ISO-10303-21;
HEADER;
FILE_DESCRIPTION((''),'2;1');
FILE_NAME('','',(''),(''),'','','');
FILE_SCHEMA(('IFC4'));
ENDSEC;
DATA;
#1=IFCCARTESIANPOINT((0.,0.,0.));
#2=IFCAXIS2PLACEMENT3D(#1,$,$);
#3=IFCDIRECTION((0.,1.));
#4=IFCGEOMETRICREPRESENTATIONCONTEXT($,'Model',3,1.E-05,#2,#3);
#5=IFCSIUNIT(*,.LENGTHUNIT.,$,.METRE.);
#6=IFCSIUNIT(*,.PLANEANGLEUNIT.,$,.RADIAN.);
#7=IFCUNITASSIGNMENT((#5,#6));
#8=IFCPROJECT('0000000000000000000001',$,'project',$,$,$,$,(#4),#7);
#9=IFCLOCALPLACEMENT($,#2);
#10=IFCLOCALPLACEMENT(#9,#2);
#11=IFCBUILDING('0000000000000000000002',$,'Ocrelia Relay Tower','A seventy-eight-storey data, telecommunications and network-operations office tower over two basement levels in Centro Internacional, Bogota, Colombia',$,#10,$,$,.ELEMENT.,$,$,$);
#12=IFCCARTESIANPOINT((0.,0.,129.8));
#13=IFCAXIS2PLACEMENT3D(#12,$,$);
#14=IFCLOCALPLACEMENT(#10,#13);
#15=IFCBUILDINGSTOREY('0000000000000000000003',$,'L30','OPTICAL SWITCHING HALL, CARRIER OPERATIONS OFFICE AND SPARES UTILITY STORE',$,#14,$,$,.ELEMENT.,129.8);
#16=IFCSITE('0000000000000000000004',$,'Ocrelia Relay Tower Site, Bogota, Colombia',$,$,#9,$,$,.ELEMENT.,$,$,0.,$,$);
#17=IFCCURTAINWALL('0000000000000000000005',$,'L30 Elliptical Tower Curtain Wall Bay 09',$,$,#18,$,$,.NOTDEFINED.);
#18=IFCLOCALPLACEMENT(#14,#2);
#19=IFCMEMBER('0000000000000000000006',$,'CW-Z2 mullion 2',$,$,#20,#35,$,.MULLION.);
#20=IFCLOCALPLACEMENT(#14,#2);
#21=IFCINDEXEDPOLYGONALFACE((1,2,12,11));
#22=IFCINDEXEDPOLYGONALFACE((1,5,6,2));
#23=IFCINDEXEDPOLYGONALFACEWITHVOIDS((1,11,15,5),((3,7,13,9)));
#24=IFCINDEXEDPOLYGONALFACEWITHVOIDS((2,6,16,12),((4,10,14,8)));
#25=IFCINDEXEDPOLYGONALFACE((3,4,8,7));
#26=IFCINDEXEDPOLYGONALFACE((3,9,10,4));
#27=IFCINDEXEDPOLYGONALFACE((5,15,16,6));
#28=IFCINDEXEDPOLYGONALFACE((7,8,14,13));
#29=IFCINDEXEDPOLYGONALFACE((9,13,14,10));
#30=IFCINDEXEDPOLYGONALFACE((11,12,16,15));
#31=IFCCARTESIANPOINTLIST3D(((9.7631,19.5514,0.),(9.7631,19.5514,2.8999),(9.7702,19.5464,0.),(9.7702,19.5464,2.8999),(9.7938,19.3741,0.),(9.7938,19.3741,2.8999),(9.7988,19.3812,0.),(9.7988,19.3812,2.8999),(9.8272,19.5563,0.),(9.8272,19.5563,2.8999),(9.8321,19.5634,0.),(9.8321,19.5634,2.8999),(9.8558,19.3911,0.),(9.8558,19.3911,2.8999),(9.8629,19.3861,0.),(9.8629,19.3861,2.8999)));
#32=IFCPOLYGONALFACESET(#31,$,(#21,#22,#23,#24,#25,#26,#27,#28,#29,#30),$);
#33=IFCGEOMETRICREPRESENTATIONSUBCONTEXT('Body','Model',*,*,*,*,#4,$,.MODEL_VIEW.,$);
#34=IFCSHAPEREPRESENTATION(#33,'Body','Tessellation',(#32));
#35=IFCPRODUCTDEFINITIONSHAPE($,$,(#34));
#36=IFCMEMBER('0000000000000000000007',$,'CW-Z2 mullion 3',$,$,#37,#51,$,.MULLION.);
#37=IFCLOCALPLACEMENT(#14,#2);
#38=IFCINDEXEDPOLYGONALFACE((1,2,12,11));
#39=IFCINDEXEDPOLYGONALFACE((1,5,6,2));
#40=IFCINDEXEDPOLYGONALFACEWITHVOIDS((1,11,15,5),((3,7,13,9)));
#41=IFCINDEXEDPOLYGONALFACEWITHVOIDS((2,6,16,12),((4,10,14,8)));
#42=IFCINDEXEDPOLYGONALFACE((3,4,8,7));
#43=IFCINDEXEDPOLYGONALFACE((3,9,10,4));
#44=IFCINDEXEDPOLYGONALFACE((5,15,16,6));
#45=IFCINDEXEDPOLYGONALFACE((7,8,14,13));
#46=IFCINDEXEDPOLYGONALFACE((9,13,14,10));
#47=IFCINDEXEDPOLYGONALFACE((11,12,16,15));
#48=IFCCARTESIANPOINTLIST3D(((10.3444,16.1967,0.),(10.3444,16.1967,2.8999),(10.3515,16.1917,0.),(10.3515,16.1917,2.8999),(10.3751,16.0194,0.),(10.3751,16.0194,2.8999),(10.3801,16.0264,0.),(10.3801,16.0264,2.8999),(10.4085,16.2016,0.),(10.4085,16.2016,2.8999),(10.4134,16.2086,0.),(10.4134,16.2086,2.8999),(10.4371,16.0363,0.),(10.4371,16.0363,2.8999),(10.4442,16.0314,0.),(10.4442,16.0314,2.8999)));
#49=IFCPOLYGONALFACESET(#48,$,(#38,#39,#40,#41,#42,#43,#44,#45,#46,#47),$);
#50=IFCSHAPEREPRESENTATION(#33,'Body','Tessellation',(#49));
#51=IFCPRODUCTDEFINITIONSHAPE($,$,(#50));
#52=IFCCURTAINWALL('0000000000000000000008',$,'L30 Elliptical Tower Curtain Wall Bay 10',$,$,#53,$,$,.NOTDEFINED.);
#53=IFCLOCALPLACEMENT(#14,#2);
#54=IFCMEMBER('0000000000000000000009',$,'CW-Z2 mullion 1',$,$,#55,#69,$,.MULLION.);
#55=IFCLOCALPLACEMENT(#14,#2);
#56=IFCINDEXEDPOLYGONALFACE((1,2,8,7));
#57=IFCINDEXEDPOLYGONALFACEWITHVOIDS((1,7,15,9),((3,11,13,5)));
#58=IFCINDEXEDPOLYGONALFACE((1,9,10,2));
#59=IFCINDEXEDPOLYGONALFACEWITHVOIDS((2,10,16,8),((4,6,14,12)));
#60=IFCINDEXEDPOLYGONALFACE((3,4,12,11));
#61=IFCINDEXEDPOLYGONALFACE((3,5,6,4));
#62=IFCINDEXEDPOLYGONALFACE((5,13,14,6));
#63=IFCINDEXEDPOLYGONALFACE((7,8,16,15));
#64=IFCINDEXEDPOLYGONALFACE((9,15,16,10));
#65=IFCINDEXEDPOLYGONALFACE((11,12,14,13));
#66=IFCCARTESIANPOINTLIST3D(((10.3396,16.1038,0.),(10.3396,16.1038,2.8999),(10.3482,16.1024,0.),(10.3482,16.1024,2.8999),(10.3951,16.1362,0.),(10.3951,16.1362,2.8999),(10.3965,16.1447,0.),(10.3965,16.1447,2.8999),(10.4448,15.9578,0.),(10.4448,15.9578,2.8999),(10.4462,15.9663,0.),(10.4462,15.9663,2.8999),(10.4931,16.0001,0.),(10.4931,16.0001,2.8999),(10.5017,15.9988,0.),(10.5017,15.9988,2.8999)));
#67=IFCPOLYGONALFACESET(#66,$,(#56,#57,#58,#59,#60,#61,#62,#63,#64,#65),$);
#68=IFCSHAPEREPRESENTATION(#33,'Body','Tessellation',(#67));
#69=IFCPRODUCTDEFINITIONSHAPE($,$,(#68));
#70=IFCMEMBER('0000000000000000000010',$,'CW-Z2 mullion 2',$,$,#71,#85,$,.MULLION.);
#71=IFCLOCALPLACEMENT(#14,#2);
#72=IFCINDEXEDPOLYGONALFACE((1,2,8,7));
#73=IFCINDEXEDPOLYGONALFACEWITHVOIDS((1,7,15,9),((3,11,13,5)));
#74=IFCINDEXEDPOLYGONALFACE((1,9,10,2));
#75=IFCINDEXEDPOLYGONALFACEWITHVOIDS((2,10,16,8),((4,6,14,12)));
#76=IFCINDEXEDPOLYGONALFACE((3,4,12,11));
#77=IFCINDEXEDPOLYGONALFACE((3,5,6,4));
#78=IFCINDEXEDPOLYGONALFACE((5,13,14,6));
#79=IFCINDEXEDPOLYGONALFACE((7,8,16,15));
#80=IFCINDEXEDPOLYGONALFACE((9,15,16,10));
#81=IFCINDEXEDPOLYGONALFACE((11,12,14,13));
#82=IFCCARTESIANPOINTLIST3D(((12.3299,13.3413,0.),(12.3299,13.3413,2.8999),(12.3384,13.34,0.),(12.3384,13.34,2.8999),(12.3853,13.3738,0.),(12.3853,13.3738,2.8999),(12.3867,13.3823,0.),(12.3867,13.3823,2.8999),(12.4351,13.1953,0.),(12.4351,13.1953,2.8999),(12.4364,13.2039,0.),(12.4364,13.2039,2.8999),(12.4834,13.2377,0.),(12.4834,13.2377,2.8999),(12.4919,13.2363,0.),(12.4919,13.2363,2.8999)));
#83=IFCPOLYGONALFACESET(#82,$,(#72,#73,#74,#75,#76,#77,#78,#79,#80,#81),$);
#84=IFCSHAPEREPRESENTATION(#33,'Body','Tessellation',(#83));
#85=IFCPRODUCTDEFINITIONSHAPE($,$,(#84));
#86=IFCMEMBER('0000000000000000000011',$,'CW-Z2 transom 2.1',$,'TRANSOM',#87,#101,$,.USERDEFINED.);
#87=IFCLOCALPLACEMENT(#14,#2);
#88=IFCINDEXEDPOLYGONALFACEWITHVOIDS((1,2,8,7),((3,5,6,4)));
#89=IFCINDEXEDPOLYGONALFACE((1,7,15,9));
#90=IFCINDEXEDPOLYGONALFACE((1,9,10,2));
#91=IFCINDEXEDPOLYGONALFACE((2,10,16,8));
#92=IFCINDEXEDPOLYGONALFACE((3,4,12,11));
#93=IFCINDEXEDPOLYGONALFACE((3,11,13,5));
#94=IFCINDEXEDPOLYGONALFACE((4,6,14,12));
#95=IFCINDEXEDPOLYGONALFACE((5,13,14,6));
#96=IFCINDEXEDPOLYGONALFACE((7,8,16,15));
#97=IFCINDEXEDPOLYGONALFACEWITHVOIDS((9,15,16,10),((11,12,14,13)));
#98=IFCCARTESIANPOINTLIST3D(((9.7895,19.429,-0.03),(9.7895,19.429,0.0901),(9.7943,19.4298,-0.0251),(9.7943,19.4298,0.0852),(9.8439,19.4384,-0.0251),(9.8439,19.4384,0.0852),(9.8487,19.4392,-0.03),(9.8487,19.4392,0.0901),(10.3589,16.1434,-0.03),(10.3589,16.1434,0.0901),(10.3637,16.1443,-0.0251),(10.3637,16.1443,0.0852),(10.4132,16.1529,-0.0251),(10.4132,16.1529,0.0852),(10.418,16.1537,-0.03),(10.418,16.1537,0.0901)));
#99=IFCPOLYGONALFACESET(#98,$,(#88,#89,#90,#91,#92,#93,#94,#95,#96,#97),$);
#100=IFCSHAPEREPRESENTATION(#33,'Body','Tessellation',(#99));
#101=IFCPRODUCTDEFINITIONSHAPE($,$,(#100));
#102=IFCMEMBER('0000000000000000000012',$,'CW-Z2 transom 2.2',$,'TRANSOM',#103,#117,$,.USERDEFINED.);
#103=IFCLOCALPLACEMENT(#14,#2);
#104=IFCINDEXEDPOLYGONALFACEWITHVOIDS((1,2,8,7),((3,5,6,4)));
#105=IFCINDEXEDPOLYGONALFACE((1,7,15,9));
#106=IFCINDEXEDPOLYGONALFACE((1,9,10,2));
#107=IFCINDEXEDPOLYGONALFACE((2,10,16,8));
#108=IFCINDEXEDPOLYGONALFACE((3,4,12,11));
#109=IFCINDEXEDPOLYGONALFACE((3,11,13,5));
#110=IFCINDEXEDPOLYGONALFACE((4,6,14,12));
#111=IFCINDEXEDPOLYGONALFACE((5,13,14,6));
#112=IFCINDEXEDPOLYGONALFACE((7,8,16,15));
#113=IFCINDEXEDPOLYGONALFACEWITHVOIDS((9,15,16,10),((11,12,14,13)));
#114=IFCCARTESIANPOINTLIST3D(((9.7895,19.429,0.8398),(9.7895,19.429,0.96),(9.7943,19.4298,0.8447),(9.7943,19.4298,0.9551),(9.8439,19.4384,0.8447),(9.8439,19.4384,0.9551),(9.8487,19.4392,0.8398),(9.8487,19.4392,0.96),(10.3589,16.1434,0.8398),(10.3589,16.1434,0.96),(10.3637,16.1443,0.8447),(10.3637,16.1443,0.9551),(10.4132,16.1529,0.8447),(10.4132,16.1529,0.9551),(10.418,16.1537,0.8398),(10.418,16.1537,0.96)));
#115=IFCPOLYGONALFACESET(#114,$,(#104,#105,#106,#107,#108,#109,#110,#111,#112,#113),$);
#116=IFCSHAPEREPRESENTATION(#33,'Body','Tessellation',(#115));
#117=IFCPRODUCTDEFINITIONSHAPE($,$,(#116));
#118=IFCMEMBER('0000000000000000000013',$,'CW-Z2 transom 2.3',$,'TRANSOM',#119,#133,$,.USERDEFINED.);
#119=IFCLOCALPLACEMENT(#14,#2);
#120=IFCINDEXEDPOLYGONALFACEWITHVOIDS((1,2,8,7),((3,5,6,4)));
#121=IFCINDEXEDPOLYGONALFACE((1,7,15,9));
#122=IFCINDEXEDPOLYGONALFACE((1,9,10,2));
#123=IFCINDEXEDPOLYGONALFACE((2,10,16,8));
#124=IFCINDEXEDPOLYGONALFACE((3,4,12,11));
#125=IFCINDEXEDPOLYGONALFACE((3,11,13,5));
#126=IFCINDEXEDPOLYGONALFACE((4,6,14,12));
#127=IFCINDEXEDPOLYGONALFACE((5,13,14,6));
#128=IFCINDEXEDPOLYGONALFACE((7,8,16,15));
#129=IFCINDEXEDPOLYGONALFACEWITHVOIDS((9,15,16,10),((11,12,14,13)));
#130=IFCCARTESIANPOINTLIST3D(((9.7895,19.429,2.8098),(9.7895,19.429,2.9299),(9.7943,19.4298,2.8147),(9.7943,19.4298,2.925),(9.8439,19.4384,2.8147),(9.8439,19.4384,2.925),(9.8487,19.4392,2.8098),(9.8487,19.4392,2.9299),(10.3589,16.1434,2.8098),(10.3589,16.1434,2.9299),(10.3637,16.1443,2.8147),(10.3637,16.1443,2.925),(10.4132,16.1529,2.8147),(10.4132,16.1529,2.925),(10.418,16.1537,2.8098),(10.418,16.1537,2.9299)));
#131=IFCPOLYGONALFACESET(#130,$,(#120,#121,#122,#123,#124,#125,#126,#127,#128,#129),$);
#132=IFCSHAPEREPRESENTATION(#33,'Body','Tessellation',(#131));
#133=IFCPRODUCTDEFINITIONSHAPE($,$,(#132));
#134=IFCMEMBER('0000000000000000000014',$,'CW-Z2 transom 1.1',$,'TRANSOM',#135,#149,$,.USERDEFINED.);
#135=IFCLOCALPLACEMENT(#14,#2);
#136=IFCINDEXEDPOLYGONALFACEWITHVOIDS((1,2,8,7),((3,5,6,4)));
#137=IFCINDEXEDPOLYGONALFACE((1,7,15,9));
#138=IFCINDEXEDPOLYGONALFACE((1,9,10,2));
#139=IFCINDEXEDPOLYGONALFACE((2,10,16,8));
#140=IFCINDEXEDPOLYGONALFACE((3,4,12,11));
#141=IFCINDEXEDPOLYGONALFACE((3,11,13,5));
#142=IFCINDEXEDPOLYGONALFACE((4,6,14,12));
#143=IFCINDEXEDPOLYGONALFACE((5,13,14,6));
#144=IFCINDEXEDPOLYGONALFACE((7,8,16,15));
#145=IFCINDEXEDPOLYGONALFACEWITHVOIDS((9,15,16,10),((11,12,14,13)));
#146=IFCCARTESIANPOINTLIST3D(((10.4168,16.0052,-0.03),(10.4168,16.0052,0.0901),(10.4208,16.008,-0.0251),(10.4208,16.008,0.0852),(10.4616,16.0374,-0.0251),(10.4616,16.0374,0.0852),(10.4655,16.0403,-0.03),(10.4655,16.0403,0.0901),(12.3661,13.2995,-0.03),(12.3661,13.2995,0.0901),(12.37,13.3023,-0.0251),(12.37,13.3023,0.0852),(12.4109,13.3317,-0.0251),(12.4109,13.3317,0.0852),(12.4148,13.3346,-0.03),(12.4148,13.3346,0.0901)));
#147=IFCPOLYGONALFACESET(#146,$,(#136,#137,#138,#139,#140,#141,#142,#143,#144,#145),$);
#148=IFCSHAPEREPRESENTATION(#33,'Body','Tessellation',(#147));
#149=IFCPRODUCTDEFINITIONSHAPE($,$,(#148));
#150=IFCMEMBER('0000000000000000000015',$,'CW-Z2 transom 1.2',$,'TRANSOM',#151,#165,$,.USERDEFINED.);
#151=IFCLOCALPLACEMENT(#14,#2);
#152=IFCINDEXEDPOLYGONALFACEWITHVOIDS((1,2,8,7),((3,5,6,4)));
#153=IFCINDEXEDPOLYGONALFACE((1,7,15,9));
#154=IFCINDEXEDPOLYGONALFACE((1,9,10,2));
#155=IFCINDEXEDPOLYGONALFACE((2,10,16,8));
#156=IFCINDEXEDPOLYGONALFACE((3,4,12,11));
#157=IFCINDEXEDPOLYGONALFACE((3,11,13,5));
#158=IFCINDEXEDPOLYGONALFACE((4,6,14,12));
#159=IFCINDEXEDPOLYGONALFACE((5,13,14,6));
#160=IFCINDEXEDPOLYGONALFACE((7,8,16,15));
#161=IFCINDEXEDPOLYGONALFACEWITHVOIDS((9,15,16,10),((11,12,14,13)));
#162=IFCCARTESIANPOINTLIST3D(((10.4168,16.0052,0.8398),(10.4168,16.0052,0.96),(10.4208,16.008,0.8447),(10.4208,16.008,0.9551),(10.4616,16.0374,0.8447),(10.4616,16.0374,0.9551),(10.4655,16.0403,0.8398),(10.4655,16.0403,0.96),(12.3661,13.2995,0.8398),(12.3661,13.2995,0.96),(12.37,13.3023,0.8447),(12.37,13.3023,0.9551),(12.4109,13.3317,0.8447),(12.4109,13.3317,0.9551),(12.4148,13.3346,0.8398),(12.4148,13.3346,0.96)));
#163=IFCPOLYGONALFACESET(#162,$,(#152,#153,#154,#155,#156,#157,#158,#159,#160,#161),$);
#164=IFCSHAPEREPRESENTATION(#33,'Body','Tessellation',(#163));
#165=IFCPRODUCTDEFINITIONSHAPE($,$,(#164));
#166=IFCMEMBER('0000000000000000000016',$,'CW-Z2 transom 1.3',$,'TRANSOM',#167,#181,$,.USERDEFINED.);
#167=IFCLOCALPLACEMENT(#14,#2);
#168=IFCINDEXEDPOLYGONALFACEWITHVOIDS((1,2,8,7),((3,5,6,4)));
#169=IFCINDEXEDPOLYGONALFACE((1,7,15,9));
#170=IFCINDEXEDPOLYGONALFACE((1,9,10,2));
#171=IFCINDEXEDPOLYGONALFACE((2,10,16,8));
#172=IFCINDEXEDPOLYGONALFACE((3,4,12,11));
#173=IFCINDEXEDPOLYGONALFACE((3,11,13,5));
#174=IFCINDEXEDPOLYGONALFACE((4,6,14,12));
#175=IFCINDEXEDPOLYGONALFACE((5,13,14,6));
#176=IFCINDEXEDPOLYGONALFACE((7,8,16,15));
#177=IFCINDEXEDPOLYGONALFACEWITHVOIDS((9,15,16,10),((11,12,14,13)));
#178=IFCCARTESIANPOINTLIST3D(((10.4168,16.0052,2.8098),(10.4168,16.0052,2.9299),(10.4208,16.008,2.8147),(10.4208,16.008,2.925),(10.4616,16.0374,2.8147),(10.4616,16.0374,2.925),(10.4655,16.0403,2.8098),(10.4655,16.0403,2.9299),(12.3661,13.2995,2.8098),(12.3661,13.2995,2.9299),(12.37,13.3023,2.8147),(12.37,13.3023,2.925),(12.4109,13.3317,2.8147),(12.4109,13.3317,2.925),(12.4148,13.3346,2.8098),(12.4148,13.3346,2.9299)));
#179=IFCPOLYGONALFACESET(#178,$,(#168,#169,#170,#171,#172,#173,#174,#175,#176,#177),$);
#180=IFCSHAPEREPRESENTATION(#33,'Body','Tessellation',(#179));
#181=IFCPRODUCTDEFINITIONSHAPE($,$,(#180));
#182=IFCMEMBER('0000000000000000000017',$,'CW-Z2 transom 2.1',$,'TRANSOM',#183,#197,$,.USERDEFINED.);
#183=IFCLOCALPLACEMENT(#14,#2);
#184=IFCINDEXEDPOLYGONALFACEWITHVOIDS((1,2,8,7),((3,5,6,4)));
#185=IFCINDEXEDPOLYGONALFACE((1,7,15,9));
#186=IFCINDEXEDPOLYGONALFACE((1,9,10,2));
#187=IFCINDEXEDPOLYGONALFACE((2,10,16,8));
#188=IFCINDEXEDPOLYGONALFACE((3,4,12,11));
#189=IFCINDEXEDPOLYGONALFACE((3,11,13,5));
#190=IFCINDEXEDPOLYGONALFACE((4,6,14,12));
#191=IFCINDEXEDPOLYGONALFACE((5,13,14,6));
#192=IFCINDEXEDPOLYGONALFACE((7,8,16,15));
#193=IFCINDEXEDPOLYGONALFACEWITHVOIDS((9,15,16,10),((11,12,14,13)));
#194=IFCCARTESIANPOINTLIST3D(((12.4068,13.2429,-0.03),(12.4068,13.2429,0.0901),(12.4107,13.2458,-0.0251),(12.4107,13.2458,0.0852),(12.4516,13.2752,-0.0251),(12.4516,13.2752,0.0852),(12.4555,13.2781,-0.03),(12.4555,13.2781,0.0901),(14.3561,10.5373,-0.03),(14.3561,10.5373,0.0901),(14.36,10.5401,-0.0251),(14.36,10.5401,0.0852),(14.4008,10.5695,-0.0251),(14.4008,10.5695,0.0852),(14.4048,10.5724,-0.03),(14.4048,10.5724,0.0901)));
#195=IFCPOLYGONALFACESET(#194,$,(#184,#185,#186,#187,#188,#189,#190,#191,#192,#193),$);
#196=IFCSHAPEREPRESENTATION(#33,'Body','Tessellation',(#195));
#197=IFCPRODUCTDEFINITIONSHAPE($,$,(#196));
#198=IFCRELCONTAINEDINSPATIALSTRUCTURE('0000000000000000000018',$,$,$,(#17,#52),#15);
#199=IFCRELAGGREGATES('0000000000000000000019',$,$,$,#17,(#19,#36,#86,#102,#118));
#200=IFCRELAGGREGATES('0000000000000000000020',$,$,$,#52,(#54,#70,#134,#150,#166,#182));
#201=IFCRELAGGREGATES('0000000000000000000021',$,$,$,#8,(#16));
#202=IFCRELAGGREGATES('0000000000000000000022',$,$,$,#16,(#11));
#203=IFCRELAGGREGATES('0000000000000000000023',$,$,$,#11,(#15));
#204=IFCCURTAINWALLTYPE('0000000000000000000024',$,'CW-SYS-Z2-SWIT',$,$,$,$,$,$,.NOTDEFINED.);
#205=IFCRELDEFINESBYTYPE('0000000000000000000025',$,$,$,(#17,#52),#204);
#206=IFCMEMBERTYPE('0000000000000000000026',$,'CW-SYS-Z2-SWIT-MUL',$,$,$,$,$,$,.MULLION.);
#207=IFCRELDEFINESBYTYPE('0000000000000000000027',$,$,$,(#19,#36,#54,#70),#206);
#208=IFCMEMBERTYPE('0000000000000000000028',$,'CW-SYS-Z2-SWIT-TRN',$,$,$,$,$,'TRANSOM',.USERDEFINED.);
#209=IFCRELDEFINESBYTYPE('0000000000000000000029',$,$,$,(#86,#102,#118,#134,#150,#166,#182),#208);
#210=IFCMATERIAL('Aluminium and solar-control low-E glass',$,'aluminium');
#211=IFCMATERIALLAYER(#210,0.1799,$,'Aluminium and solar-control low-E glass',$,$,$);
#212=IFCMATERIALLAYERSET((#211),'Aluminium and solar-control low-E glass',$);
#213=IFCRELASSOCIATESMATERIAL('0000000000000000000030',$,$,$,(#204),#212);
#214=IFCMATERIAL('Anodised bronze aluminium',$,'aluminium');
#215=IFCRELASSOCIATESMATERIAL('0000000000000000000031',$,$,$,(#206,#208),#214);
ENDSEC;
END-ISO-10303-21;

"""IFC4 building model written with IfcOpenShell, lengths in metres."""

from ifc_helpers import new_model, si_unit, direction, frame, origin, origin_2d, place, context, subcontext, project, spatial, hollow_rectangle, extrude, material, layer, layer_set, material_profile, profile_set, type_object, element, aggregate, save


model = new_model("IFC4")

# Units and contexts
model_context = context("Model", 3, precision=1e-05, world=origin(), true_north=direction((0.0, 1.0)))
body_context = subcontext(model_context, "Body", "Model", "MODEL_VIEW")
ifc_project = project(units=[si_unit("LENGTHUNIT", "METRE"), si_unit("PLANEANGLEUNIT", "RADIAN")], contexts=[model_context])

# Site, building, storey
site_placement = place(None, origin())
site = spatial("IfcSite", under=ifc_project, at=site_placement, Name="Ocrelia Relay Tower Site, Bogota, Colombia", CompositionType="ELEMENT", RefElevation=0.0)
building_placement = place(site_placement, origin())
building = spatial("IfcBuilding", under=site, at=building_placement, Name="Ocrelia Relay Tower", Description="A seventy-eight-storey data, telecommunications and network-operations office tower over two basement levels in Centro Internacional, Bogota, Colombia", CompositionType="ELEMENT")
storey_placement = place(building_placement, frame((0.0, 0.0, 129.8)))
storey = spatial("IfcBuildingStorey", under=building, at=storey_placement, Name="L30", Description="OPTICAL SWITCHING HALL, CARRIER OPERATIONS OFFICE AND SPARES UTILITY STORE", CompositionType="ELEMENT", Elevation=129.8)

# Curtain walls, members
ifc_material_1 = material(Name="Aluminium and solar-control low-E glass", Category="aluminium")
ifc_layer_1 = layer(ifc_material_1, 0.1799, Name="Aluminium and solar-control low-E glass")
ifc_layer_set_1 = layer_set([ifc_layer_1], Name="Aluminium and solar-control low-E glass")
curtain_wall_type = type_object("IfcCurtainWallType", Name="CW-SYS-Z2-SWIT", PredefinedType="NOTDEFINED", material=ifc_layer_set_1)
curtain_wall_1_placement = place(storey_placement, origin())
curtain_wall_1 = element("IfcCurtainWall", 1, at=curtain_wall_1_placement, inside=storey, type_object=curtain_wall_type, Name="L30 Elliptical Tower Curtain Wall Bay 09", PredefinedType="NOTDEFINED")
ifc_material_2 = material(Name="Anodised bronze aluminium", Category="aluminium")
ifc_material_profile_1 = material_profile(ifc_material_2, hollow_rectangle(XDim=0.0701, YDim=0.1799, WallThickness=0.0061, at=origin_2d()), Name="CW-MUL-180x70")
ifc_profile_set_1 = profile_set([ifc_material_profile_1], Name="Anodised bronze aluminium")
member_type_1 = type_object("IfcMemberType", Name="CW-SYS-Z2-SWIT-MUL", PredefinedType="MULLION", material=ifc_profile_set_1)
member_1_placement = place(storey_placement, frame((9.813, 19.4688, 0.0), z_axis=(0.0, 0.0, 1.0), x_axis=(0.985317, 0.170734, 0.0)))
member_1 = element("IfcMember", 2, at=member_1_placement, type_object=member_type_1, Name="CW-Z2 mullion 2", PredefinedType="MULLION", context=body_context, shape_type="SweptSolid", body=[
    extrude(hollow_rectangle(XDim=0.0701, YDim=0.1799, WallThickness=0.0061, at=origin_2d()), origin(), (0.0, 0.0, 1.0), 2.8999),
])
member_2_placement = place(storey_placement, frame((10.3943, 16.114, 0.0), z_axis=(0.0, 0.0, 1.0), x_axis=(0.985317, 0.170734, 0.0)))
member_2 = element("IfcMember", 3, at=member_2_placement, type_object=member_type_1, Name="CW-Z2 mullion 3", PredefinedType="MULLION", context=body_context, shape_type="SweptSolid", body=[
    extrude(hollow_rectangle(XDim=0.0701, YDim=0.1799, WallThickness=0.0061, at=origin_2d()), origin(), (0.0, 0.0, 1.0), 2.8999),
])
curtain_wall_2_placement = place(storey_placement, origin())
curtain_wall_2 = element("IfcCurtainWall", 4, at=curtain_wall_2_placement, inside=storey, type_object=curtain_wall_type, Name="L30 Elliptical Tower Curtain Wall Bay 10", PredefinedType="NOTDEFINED")
member_3_placement = place(storey_placement, frame((10.4207, 16.0513, 0.0), z_axis=(0.0, 0.0, 1.0), x_axis=(0.811374, 0.584527, 0.0)))
member_3 = element("IfcMember", 5, at=member_3_placement, type_object=member_type_1, Name="CW-Z2 mullion 1", PredefinedType="MULLION", context=body_context, shape_type="SweptSolid", body=[
    extrude(hollow_rectangle(XDim=0.0701, YDim=0.1799, WallThickness=0.0061, at=origin_2d()), origin(), (0.0, 0.0, 1.0), 2.8999),
])
member_4_placement = place(storey_placement, frame((12.4109, 13.2888, 0.0), z_axis=(0.0, 0.0, 1.0), x_axis=(0.811374, 0.584527, 0.0)))
member_4 = element("IfcMember", 6, at=member_4_placement, type_object=member_type_1, Name="CW-Z2 mullion 2", PredefinedType="MULLION", context=body_context, shape_type="SweptSolid", body=[
    extrude(hollow_rectangle(XDim=0.0701, YDim=0.1799, WallThickness=0.0061, at=origin_2d()), origin(), (0.0, 0.0, 1.0), 2.8999),
])

# Members
ifc_material_profile_2 = material_profile(ifc_material_2, hollow_rectangle(XDim=0.0601, YDim=0.1201, WallThickness=0.0049, at=origin_2d()), Name="CW-TRN-120x60")
ifc_profile_set_2 = profile_set([ifc_material_profile_2], Name="Anodised bronze aluminium")
member_type_2 = type_object("IfcMemberType", Name="CW-SYS-Z2-SWIT-TRN", ElementType="TRANSOM", PredefinedType="USERDEFINED", material=ifc_profile_set_2)
member_5_placement = place(storey_placement, frame((9.8191, 19.4341, 0.03), z_axis=(0.170748, -0.985315, 0.0), x_axis=(0.985315, 0.170748, 0.0)))
member_5 = element("IfcMember", 7, at=member_5_placement, type_object=member_type_2, Name="CW-Z2 transom 2.1", ObjectType="TRANSOM", PredefinedType="USERDEFINED", context=body_context, shape_type="SweptSolid", body=[
    extrude(hollow_rectangle(XDim=0.0601, YDim=0.1201, WallThickness=0.0049, at=origin_2d()), origin(), (0.0, 0.0, 1.0), 3.3345),
])
member_6_placement = place(storey_placement, frame((9.8191, 19.4341, 0.8999), z_axis=(0.170748, -0.985315, 0.0), x_axis=(0.985315, 0.170748, 0.0)))
member_6 = element("IfcMember", 8, at=member_6_placement, type_object=member_type_2, Name="CW-Z2 transom 2.2", ObjectType="TRANSOM", PredefinedType="USERDEFINED", context=body_context, shape_type="SweptSolid", body=[
    extrude(hollow_rectangle(XDim=0.0601, YDim=0.1201, WallThickness=0.0049, at=origin_2d()), origin(), (0.0, 0.0, 1.0), 3.3345),
])
member_7_placement = place(storey_placement, frame((9.8191, 19.4341, 2.8699), z_axis=(0.170748, -0.985315, 0.0), x_axis=(0.985315, 0.170748, 0.0)))
member_7 = element("IfcMember", 9, at=member_7_placement, type_object=member_type_2, Name="CW-Z2 transom 2.3", ObjectType="TRANSOM", PredefinedType="USERDEFINED", context=body_context, shape_type="SweptSolid", body=[
    extrude(hollow_rectangle(XDim=0.0601, YDim=0.1201, WallThickness=0.0049, at=origin_2d()), origin(), (0.0, 0.0, 1.0), 3.3345),
])
member_8_placement = place(storey_placement, frame((10.4412, 16.0227, 0.03), z_axis=(0.584544, -0.811362, 0.0), x_axis=(0.811362, 0.584544, 0.0)))
member_8 = element("IfcMember", 10, at=member_8_placement, type_object=member_type_2, Name="CW-Z2 transom 1.1", ObjectType="TRANSOM", PredefinedType="USERDEFINED", context=body_context, shape_type="SweptSolid", body=[
    extrude(hollow_rectangle(XDim=0.0601, YDim=0.1201, WallThickness=0.0049, at=origin_2d()), origin(), (0.0, 0.0, 1.0), 3.3347),
])
member_9_placement = place(storey_placement, frame((10.4412, 16.0227, 0.8999), z_axis=(0.584544, -0.811362, 0.0), x_axis=(0.811362, 0.584544, 0.0)))
member_9 = element("IfcMember", 11, at=member_9_placement, type_object=member_type_2, Name="CW-Z2 transom 1.2", ObjectType="TRANSOM", PredefinedType="USERDEFINED", context=body_context, shape_type="SweptSolid", body=[
    extrude(hollow_rectangle(XDim=0.0601, YDim=0.1201, WallThickness=0.0049, at=origin_2d()), origin(), (0.0, 0.0, 1.0), 3.3347),
])
member_10_placement = place(storey_placement, frame((10.4412, 16.0227, 2.8699), z_axis=(0.584544, -0.811362, 0.0), x_axis=(0.811362, 0.584544, 0.0)))
member_10 = element("IfcMember", 12, at=member_10_placement, type_object=member_type_2, Name="CW-Z2 transom 1.3", ObjectType="TRANSOM", PredefinedType="USERDEFINED", context=body_context, shape_type="SweptSolid", body=[
    extrude(hollow_rectangle(XDim=0.0601, YDim=0.1201, WallThickness=0.0049, at=origin_2d()), origin(), (0.0, 0.0, 1.0), 3.3347),
])
member_11_placement = place(storey_placement, frame((12.4312, 13.2605, 0.03), z_axis=(0.584544, -0.811362, 0.0), x_axis=(0.811362, 0.584544, 0.0)))
member_11 = element("IfcMember", 13, at=member_11_placement, type_object=member_type_2, Name="CW-Z2 transom 2.1", ObjectType="TRANSOM", PredefinedType="USERDEFINED", context=body_context, shape_type="SweptSolid", body=[
    extrude(hollow_rectangle(XDim=0.0601, YDim=0.1201, WallThickness=0.0049, at=origin_2d()), origin(), (0.0, 0.0, 1.0), 3.3347),
])

aggregate(curtain_wall_1, [member_1, member_2, member_5, member_6, member_7])
aggregate(curtain_wall_2, [member_3, member_4, member_8, member_9, member_10, member_11])

save(model, "model.ifc")
